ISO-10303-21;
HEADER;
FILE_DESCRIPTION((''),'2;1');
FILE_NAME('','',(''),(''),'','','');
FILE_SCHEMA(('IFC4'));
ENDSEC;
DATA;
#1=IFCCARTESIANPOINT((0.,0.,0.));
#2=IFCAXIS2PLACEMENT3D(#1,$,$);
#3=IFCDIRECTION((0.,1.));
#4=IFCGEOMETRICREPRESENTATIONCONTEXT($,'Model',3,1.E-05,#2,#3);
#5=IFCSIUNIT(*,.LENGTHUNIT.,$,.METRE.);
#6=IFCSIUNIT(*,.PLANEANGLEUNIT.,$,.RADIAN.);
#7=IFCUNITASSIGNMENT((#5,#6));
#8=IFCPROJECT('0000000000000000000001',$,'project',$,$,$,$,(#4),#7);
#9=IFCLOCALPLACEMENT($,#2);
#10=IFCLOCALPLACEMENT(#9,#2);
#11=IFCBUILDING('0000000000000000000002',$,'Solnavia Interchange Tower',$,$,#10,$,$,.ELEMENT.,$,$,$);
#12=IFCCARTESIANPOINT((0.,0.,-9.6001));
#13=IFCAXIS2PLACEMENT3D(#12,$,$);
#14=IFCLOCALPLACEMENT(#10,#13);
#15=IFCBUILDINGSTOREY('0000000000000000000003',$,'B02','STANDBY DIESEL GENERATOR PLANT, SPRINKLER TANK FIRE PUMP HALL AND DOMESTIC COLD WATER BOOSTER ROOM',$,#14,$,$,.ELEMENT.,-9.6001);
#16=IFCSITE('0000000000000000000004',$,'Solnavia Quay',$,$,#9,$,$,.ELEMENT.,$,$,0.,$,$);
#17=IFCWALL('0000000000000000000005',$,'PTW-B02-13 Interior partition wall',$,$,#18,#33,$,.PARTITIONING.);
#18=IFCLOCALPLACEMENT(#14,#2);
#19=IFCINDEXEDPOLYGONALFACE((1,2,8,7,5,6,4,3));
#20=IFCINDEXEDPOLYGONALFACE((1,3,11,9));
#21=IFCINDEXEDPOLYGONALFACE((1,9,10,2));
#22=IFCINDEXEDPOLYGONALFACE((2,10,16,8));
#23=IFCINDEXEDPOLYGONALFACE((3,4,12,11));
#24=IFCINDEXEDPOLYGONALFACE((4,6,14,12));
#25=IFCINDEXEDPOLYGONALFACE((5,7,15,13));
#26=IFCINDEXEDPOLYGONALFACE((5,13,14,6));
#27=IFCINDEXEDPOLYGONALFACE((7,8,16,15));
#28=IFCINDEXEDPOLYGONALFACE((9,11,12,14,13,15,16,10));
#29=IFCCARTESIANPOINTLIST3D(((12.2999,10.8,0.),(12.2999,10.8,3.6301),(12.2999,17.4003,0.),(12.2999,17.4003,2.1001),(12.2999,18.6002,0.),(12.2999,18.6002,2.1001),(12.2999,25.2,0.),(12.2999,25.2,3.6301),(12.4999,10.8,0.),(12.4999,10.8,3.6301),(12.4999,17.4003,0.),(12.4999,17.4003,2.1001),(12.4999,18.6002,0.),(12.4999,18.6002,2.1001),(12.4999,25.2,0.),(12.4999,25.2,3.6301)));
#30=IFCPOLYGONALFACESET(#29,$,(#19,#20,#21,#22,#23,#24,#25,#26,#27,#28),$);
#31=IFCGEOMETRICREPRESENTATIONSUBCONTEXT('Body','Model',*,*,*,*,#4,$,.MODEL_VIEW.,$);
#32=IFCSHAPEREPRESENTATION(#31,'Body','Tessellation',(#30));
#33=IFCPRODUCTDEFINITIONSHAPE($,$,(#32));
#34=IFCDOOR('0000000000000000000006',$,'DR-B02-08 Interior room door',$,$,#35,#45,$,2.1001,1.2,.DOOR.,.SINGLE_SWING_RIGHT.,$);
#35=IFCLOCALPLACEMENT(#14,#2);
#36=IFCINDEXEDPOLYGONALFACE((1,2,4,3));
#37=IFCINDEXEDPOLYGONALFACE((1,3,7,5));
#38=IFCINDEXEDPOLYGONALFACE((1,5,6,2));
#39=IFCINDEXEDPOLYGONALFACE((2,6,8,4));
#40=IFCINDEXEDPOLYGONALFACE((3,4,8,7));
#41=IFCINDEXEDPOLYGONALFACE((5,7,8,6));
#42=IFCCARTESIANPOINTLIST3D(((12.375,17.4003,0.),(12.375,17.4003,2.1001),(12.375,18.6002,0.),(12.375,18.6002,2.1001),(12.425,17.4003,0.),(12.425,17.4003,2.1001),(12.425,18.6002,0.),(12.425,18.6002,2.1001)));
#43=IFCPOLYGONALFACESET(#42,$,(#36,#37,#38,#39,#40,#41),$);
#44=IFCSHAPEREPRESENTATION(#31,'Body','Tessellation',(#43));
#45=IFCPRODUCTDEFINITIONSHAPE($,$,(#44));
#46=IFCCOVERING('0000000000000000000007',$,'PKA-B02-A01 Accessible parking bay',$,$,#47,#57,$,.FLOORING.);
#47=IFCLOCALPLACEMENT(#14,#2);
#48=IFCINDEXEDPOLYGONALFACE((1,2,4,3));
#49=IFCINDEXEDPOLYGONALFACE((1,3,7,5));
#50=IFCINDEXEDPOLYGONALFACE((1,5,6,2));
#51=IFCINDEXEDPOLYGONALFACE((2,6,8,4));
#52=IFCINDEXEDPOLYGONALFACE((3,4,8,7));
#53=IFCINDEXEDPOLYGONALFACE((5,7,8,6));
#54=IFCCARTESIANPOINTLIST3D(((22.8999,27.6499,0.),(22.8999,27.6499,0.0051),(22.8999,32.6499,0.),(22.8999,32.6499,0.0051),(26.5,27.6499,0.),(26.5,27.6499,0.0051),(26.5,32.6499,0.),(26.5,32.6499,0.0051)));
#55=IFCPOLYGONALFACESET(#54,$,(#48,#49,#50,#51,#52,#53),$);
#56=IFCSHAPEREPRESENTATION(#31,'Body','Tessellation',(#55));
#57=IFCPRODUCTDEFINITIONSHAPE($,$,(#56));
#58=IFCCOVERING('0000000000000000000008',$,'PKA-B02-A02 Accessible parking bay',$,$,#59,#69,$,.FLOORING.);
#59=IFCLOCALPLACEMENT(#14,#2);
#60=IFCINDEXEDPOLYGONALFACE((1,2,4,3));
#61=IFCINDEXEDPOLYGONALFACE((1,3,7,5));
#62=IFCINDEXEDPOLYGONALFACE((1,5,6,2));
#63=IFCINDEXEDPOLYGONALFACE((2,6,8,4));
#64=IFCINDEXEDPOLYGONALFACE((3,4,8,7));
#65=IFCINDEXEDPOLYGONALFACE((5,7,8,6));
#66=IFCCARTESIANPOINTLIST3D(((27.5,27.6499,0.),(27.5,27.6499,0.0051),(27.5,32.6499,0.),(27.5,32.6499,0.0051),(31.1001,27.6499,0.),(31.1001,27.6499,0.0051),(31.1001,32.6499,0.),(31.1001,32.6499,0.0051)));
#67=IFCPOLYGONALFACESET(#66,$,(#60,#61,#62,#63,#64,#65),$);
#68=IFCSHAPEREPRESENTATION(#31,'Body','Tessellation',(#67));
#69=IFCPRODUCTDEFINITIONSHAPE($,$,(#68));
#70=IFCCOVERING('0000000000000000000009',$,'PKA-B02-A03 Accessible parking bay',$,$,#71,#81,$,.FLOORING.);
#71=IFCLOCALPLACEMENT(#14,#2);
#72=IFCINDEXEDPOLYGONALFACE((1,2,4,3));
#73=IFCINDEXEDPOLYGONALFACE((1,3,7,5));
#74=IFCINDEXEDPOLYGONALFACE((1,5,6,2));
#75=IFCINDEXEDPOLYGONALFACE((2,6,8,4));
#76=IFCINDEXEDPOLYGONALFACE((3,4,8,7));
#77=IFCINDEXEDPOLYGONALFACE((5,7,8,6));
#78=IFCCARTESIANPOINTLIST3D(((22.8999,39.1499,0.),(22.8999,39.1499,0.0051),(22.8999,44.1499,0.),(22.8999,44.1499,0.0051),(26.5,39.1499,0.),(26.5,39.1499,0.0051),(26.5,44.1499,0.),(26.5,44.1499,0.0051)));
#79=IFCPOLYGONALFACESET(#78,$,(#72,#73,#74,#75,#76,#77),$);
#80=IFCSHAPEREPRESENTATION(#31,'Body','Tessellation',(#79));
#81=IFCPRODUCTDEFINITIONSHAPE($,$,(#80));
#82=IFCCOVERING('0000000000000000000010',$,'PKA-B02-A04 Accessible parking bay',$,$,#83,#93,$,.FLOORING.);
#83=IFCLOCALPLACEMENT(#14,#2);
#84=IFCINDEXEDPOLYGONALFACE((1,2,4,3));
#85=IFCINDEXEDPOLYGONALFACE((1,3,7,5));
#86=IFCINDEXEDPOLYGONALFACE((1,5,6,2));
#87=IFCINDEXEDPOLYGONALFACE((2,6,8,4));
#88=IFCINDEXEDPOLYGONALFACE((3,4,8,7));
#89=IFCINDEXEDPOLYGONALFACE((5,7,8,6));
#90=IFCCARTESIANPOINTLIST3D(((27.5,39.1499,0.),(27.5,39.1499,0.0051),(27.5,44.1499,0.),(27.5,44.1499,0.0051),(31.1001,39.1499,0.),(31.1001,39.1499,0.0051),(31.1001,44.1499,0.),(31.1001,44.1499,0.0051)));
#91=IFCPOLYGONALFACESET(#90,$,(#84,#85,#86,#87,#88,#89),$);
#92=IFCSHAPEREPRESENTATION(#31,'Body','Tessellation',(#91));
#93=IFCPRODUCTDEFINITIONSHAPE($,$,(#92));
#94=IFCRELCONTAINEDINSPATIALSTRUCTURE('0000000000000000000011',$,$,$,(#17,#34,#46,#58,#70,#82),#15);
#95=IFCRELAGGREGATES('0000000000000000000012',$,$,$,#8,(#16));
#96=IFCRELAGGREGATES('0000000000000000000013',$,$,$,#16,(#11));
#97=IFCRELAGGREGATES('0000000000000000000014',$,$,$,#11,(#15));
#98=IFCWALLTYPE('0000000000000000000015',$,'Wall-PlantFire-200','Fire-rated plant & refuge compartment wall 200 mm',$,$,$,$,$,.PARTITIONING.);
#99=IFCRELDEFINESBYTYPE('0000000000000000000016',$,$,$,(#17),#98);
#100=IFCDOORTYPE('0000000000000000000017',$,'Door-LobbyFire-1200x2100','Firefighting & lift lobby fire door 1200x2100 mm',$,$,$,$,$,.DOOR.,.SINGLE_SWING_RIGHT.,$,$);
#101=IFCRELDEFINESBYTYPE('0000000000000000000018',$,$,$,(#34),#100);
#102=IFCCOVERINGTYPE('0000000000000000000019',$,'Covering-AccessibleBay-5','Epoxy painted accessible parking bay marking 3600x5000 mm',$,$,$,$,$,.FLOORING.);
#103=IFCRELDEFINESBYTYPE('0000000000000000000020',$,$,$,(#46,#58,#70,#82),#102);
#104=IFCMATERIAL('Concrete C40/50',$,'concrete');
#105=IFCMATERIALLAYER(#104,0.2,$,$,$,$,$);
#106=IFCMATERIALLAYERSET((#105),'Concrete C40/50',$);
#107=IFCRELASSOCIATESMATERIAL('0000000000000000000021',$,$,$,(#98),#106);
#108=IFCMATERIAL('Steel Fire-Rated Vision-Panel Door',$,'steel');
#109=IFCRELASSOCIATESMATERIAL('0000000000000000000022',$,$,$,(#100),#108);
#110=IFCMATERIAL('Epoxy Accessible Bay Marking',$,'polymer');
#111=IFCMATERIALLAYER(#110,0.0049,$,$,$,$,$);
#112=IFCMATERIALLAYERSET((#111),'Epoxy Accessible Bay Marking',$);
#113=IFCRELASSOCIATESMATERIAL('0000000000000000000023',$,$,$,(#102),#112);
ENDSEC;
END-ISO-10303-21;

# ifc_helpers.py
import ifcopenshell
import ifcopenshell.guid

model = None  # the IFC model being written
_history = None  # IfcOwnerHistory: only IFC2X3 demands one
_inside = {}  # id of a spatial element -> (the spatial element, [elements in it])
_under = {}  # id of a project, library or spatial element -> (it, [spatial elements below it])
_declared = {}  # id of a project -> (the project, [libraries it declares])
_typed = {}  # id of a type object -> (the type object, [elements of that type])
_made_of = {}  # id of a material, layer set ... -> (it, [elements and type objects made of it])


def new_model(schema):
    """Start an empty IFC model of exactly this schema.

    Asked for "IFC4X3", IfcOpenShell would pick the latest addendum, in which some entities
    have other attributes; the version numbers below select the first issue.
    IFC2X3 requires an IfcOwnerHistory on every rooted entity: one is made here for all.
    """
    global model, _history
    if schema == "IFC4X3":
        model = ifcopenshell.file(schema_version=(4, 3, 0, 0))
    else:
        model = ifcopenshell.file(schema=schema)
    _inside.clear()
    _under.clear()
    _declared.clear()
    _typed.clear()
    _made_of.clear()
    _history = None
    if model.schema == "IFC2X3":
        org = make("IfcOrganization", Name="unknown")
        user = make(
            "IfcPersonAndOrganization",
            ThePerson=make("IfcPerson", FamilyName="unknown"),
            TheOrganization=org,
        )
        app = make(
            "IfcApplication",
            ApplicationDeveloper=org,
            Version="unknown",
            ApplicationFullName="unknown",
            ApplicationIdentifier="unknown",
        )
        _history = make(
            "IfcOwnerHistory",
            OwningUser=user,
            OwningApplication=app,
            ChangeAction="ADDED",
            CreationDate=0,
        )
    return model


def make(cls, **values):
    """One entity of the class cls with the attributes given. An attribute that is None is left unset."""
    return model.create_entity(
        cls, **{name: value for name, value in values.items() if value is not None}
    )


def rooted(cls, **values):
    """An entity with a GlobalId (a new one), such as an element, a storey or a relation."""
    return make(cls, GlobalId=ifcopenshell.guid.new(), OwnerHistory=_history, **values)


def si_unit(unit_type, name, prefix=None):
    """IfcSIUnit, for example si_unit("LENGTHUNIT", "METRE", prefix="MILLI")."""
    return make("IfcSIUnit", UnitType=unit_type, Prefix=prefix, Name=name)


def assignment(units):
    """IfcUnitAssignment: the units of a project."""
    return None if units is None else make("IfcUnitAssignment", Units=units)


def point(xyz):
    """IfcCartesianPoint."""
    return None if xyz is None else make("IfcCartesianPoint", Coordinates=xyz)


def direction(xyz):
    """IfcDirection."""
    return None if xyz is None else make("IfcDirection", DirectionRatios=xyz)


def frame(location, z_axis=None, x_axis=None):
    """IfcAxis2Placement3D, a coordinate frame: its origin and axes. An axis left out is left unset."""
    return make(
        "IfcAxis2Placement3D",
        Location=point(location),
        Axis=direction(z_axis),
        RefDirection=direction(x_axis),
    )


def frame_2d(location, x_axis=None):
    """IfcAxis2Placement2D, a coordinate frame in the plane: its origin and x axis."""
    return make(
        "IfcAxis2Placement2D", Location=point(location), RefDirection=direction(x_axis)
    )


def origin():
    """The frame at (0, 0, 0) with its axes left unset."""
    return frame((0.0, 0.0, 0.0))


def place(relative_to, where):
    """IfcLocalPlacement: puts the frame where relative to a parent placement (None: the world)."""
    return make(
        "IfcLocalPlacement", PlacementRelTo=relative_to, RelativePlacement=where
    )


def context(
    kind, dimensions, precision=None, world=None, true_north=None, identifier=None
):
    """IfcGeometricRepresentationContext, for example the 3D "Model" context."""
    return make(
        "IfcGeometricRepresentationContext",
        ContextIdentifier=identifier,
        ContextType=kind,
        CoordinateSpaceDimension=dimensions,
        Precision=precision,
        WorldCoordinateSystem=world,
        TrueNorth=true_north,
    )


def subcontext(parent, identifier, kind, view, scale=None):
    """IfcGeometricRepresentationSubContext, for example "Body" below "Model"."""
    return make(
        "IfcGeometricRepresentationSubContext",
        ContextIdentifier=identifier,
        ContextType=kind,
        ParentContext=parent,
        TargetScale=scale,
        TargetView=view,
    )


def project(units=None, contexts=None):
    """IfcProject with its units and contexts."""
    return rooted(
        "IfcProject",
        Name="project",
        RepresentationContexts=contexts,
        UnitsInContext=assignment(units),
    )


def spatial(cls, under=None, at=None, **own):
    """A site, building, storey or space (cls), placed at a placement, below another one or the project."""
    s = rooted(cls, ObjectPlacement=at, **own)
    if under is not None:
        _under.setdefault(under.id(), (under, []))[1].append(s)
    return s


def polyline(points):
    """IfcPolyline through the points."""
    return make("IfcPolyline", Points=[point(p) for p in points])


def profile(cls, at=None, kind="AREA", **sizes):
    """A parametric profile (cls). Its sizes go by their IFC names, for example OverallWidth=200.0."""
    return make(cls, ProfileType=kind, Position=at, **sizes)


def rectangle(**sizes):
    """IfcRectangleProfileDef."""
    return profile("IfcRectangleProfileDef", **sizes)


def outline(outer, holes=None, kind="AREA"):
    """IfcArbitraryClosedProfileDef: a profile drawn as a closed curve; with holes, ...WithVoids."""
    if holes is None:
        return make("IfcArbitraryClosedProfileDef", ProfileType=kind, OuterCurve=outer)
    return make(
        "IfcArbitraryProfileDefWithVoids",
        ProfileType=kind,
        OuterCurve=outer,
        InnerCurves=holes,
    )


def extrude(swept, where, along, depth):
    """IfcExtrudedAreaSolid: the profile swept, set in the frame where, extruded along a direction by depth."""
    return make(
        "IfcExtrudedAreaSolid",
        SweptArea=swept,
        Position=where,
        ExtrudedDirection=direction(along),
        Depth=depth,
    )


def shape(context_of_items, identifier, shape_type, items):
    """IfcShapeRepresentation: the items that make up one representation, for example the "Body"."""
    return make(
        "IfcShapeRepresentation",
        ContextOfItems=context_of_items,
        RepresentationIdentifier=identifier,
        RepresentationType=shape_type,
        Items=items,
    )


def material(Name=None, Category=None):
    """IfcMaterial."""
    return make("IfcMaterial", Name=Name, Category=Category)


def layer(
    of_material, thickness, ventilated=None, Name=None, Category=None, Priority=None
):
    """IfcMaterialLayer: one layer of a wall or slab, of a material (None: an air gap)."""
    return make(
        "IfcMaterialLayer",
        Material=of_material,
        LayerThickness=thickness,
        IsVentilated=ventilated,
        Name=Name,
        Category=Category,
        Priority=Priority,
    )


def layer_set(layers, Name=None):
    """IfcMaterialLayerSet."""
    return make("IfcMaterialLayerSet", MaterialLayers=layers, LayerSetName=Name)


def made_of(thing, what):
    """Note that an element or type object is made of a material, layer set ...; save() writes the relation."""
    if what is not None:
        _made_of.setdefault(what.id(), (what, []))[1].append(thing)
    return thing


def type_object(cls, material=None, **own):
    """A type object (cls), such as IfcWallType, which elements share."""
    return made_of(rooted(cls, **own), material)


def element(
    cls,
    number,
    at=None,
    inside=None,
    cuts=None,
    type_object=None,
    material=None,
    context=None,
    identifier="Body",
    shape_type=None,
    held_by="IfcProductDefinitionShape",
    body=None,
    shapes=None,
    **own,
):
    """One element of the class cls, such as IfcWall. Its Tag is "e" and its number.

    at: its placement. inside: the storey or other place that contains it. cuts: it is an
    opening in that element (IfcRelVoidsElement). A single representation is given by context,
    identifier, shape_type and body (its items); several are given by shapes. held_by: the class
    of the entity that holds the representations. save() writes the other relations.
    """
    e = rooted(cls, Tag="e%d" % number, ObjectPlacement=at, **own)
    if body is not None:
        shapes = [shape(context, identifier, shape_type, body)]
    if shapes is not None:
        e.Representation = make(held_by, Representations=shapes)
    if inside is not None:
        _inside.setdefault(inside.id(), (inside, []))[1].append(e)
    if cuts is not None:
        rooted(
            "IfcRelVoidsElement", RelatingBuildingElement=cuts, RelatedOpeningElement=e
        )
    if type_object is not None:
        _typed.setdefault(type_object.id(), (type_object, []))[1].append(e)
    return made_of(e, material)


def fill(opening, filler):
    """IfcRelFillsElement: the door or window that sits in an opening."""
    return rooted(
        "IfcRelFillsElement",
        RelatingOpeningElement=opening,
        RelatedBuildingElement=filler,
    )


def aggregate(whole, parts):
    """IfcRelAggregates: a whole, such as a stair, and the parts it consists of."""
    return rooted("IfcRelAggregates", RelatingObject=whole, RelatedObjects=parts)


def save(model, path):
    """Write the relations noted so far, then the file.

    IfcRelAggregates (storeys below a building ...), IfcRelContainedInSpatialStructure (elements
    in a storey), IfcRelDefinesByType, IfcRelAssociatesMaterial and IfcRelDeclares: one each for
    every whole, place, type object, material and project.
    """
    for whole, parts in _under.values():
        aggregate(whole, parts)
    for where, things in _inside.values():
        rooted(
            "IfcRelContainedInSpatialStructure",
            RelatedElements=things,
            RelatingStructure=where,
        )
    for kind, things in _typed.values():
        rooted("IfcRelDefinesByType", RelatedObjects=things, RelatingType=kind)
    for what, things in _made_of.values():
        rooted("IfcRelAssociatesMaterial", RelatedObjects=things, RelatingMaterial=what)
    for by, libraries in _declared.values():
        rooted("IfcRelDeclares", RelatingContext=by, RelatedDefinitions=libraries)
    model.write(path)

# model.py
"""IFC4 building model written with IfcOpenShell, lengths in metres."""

from ifc_helpers import new_model, si_unit, direction, frame, frame_2d, origin, place, context, subcontext, project, spatial, polyline, rectangle, outline, extrude, material, layer, layer_set, type_object, element, fill, save


model = new_model("IFC4")

# Units and contexts
model_context = context("Model", 3, precision=1e-05, world=origin(), true_north=direction((0.0, 1.0)))
body_context = subcontext(model_context, "Body", "Model", "MODEL_VIEW")
ifc_project = project(units=[si_unit("LENGTHUNIT", "METRE"), si_unit("PLANEANGLEUNIT", "RADIAN")], contexts=[model_context])

# Site, building, storey
site_placement = place(None, origin())
site = spatial("IfcSite", under=ifc_project, at=site_placement, Name="Solnavia Quay", CompositionType="ELEMENT", RefElevation=0.0)
building_placement = place(site_placement, origin())
building = spatial("IfcBuilding", under=site, at=building_placement, Name="Solnavia Interchange Tower", CompositionType="ELEMENT")
storey_placement = place(building_placement, frame((0.0, 0.0, -9.6001)))
storey = spatial("IfcBuildingStorey", under=building, at=storey_placement, Name="B02", Description="STANDBY DIESEL GENERATOR PLANT, SPRINKLER TANK FIRE PUMP HALL AND DOMESTIC COLD WATER BOOSTER ROOM", CompositionType="ELEMENT", Elevation=-9.6001)

# Shared definitions
ifc_material_1 = material(Name="Concrete C40/50", Category="concrete")

# Wall, opening, door
ifc_layer_1 = layer(ifc_material_1, 0.2)
ifc_layer_set_1 = layer_set([ifc_layer_1], Name="Concrete C40/50")
wall_type = type_object("IfcWallType", Name="Wall-PlantFire-200", Description="Fire-rated plant & refuge compartment wall 200 mm", PredefinedType="PARTITIONING", material=ifc_layer_set_1)
wall_1_placement = place(storey_placement, frame((12.3999, 10.8, 0.0), z_axis=(0.0, 0.0, 1.0), x_axis=(0.0, 1.0, 0.0)))
wall_1 = element("IfcWall", 1, at=wall_1_placement, inside=storey, type_object=wall_type, Name="PTW-B02-13 Interior partition wall", PredefinedType="PARTITIONING", context=body_context, shape_type="SweptSolid", body=[
    extrude(rectangle(XDim=14.3999, YDim=0.2, at=frame_2d((7.2, 0.0))), origin(), (0.0, 0.0, 1.0), 3.6301),
])
opening_1_placement = place(wall_1_placement, frame((6.6001, 0.0, 0.0)))
opening_1 = element("IfcOpeningElement", 2, at=opening_1_placement, cuts=wall_1, PredefinedType="OPENING", context=body_context, shape_type="SweptSolid", body=[
    extrude(rectangle(XDim=1.2, YDim=2.1001, at=frame_2d((0.6001, 1.05))), frame((0.0, 0.1099, 0.0), z_axis=(0.0, -1.0, 0.0), x_axis=(1.0, 0.0, 0.0)), (0.0, 0.0, 1.0), 0.22),
])
ifc_material_2 = material(Name="Steel Fire-Rated Vision-Panel Door", Category="steel")
door_type_1 = type_object("IfcDoorType", Name="Door-LobbyFire-1200x2100", Description="Firefighting & lift lobby fire door 1200x2100 mm", OperationType="SINGLE_SWING_RIGHT", PredefinedType="DOOR", material=ifc_material_2)
door_1_placement = place(opening_1_placement, origin())
door_1 = element("IfcDoor", 3, at=door_1_placement, inside=storey, type_object=door_type_1, Name="DR-B02-08 Interior room door", OperationType="SINGLE_SWING_RIGHT", OverallHeight=2.1001, OverallWidth=1.2, PredefinedType="DOOR", context=body_context, shape_type="SweptSolid", body=[
    extrude(rectangle(XDim=1.2, YDim=2.1001, at=frame_2d((0.6001, 1.05))), frame((0.0, 0.0249, 0.0), z_axis=(0.0, -1.0, 0.0), x_axis=(1.0, 0.0, 0.0)), (0.0, 0.0, 1.0), 0.05),
])
fill(opening_1, door_1)

# Coverings
ifc_material_3 = material(Name="Epoxy Accessible Bay Marking", Category="polymer")
ifc_layer_2 = layer(ifc_material_3, 0.0049)
ifc_layer_set_2 = layer_set([ifc_layer_2], Name="Epoxy Accessible Bay Marking")
covering_type = type_object("IfcCoveringType", Name="Covering-AccessibleBay-5", Description="Epoxy painted accessible parking bay marking 3600x5000 mm", PredefinedType="FLOORING", material=ifc_layer_set_2)
covering_1_placement = place(storey_placement, origin())
element("IfcCovering", 4, at=covering_1_placement, inside=storey, type_object=covering_type, Name="PKA-B02-A01 Accessible parking bay", PredefinedType="FLOORING", context=body_context, shape_type="SweptSolid", body=[
    extrude(outline(polyline([(22.8999, 27.6499), (26.5, 27.6499), (26.5, 32.6499), (22.8999, 32.6499), (22.8999, 27.6499)])), origin(), (0.0, 0.0, 1.0), 0.0051),
])
covering_2_placement = place(storey_placement, origin())
element("IfcCovering", 5, at=covering_2_placement, inside=storey, type_object=covering_type, Name="PKA-B02-A02 Accessible parking bay", PredefinedType="FLOORING", context=body_context, shape_type="SweptSolid", body=[
    extrude(outline(polyline([(27.5, 27.6499), (31.1001, 27.6499), (31.1001, 32.6499), (27.5, 32.6499), (27.5, 27.6499)])), origin(), (0.0, 0.0, 1.0), 0.0051),
])
covering_3_placement = place(storey_placement, origin())
element("IfcCovering", 6, at=covering_3_placement, inside=storey, type_object=covering_type, Name="PKA-B02-A03 Accessible parking bay", PredefinedType="FLOORING", context=body_context, shape_type="SweptSolid", body=[
    extrude(outline(polyline([(22.8999, 39.1499), (26.5, 39.1499), (26.5, 44.1499), (22.8999, 44.1499), (22.8999, 39.1499)])), origin(), (0.0, 0.0, 1.0), 0.0051),
])
covering_4_placement = place(storey_placement, origin())
element("IfcCovering", 7, at=covering_4_placement, inside=storey, type_object=covering_type, Name="PKA-B02-A04 Accessible parking bay", PredefinedType="FLOORING", context=body_context, shape_type="SweptSolid", body=[
    extrude(outline(polyline([(27.5, 39.1499), (31.1001, 39.1499), (31.1001, 44.1499), (27.5, 44.1499), (27.5, 39.1499)])), origin(), (0.0, 0.0, 1.0), 0.0051),
])

save(model, "model.ifc")
